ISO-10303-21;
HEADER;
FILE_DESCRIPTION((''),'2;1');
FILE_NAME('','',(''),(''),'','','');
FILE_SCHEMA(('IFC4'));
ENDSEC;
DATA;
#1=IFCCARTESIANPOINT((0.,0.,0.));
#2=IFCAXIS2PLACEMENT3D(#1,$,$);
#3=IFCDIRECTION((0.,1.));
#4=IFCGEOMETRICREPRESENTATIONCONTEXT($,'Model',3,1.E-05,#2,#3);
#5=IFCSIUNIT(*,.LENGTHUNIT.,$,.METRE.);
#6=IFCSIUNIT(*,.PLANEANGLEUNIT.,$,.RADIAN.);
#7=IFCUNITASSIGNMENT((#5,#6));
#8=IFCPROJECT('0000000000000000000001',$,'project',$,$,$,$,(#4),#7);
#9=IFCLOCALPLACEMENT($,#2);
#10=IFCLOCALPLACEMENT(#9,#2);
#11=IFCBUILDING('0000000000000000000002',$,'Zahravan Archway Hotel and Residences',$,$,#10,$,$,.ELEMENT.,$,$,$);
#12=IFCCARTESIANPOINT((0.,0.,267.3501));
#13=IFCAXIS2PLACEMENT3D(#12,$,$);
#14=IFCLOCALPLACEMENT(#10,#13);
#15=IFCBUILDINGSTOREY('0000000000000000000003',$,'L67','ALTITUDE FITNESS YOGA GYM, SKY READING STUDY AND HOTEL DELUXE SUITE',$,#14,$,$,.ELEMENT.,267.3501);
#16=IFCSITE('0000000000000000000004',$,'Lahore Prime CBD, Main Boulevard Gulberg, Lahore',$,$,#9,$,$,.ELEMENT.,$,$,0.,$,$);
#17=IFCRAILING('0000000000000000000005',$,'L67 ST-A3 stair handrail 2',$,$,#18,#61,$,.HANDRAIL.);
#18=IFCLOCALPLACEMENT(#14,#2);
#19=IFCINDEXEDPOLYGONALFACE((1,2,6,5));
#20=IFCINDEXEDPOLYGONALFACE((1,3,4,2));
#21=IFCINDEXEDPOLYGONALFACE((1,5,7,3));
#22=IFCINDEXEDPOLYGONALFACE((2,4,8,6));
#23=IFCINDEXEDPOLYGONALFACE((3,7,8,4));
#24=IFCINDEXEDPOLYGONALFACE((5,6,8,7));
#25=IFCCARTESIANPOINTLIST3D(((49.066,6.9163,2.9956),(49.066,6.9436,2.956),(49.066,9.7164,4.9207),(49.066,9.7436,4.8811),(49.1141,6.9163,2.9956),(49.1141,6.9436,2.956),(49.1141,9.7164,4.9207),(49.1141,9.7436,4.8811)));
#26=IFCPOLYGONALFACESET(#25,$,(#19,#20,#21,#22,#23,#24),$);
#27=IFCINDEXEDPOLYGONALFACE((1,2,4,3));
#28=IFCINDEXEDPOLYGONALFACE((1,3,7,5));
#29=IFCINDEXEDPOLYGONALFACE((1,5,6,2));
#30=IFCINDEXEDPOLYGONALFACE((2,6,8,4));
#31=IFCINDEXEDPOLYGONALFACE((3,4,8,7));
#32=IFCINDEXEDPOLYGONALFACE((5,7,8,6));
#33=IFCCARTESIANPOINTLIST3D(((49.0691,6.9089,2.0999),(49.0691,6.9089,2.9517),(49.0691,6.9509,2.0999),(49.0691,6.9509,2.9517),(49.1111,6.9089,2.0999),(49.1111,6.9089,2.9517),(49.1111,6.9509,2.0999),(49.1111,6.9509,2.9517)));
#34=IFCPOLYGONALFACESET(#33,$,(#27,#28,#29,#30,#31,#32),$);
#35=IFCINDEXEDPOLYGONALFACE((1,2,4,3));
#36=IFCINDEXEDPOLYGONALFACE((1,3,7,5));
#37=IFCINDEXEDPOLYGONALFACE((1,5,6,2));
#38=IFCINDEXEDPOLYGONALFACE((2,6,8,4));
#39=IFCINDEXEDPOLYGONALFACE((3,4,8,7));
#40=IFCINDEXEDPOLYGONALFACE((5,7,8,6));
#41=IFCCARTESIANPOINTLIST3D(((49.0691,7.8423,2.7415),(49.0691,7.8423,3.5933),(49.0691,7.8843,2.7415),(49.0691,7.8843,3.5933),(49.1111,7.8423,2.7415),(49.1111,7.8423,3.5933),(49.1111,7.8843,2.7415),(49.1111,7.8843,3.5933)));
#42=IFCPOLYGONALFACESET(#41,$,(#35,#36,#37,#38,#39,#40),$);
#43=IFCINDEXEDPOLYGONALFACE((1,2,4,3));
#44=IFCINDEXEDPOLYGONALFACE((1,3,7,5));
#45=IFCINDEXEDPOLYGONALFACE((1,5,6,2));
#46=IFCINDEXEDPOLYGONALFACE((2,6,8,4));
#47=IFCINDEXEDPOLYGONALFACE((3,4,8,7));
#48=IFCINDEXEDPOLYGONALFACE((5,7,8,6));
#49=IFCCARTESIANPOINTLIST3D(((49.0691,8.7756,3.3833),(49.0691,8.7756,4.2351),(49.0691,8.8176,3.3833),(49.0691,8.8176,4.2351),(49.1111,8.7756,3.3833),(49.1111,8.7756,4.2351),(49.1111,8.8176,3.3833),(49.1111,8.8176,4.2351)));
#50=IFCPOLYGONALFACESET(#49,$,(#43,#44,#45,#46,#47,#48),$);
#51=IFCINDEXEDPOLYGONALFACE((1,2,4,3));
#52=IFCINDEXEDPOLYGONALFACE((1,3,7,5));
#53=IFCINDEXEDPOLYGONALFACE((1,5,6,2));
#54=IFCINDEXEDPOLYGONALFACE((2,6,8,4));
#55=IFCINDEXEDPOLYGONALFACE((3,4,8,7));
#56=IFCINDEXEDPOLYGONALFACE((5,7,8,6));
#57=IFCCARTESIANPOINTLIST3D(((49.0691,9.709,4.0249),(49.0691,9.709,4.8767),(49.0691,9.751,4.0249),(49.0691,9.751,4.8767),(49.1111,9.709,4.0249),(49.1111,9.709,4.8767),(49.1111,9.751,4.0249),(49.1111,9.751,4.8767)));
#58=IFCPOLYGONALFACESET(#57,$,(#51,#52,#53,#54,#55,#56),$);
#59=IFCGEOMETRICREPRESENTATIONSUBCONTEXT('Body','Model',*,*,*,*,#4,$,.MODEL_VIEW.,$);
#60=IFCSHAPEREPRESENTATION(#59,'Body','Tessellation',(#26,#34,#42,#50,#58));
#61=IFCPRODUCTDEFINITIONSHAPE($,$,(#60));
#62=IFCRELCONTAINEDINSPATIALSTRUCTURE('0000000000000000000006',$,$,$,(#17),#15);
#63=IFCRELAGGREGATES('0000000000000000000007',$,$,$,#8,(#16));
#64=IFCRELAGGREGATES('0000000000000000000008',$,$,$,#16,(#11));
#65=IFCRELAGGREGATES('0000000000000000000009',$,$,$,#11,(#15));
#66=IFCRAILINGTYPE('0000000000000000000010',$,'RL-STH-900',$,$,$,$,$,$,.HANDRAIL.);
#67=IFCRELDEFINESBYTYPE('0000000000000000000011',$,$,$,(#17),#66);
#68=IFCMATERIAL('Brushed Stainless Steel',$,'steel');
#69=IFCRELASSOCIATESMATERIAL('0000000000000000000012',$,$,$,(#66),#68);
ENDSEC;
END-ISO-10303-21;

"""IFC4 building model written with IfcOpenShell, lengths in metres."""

from ifc_helpers import new_model, si_unit, direction, frame, origin, origin_2d, place, context, subcontext, project, spatial, rectangle, extrude, material, type_object, element, save


model = new_model("IFC4")

# Units and contexts
model_context = context("Model", 3, precision=1e-05, world=origin(), true_north=direction((0.0, 1.0)))
body_context = subcontext(model_context, "Body", "Model", "MODEL_VIEW")
ifc_project = project(units=[si_unit("LENGTHUNIT", "METRE"), si_unit("PLANEANGLEUNIT", "RADIAN")], contexts=[model_context])

# Site, building, storey
site_placement = place(None, origin())
site = spatial("IfcSite", under=ifc_project, at=site_placement, Name="Lahore Prime CBD, Main Boulevard Gulberg, Lahore", CompositionType="ELEMENT", RefElevation=0.0)
building_placement = place(site_placement, origin())
building = spatial("IfcBuilding", under=site, at=building_placement, Name="Zahravan Archway Hotel and Residences", CompositionType="ELEMENT")
storey_placement = place(building_placement, frame((0.0, 0.0, 267.3501)))
storey = spatial("IfcBuildingStorey", under=building, at=storey_placement, Name="L67", Description="ALTITUDE FITNESS YOGA GYM, SKY READING STUDY AND HOTEL DELUXE SUITE", CompositionType="ELEMENT", Elevation=267.3501)

# Railing
ifc_material_1 = material(Name="Brushed Stainless Steel", Category="steel")
railing_type_1 = type_object("IfcRailingType", Name="RL-STH-900", PredefinedType="HANDRAIL", material=ifc_material_1)
railing_1_placement = place(storey_placement, frame((49.0901, 6.9299, 2.0999)))
element("IfcRailing", 1, at=railing_1_placement, inside=storey, type_object=railing_type_1, Name="L67 ST-A3 stair handrail 2", PredefinedType="HANDRAIL", context=body_context, shape_type="SweptSolid", body=[
    extrude(rectangle(XDim=0.0481, YDim=0.0481, at=origin_2d()), frame((0.0, 0.0, 0.876), z_axis=(0.0, 0.82404, 0.566532), x_axis=(-1.0, 0.0, 0.0)), (0.0, 0.0, 1.0), 3.3979),
    extrude(rectangle(XDim=0.042, YDim=0.042, at=origin_2d()), origin(), (0.0, 0.0, 1.0), 0.8518),
    extrude(rectangle(XDim=0.042, YDim=0.042, at=origin_2d()), frame((0.0, 0.9333, 0.6416)), (0.0, 0.0, 1.0), 0.8518),
    extrude(rectangle(XDim=0.042, YDim=0.042, at=origin_2d()), frame((0.0, 1.8667, 1.2834)), (0.0, 0.0, 1.0), 0.8518),
    extrude(rectangle(XDim=0.042, YDim=0.042, at=origin_2d()), frame((0.0, 2.8, 1.925)), (0.0, 0.0, 1.0), 0.8518),
])

save(model, "model.ifc")
